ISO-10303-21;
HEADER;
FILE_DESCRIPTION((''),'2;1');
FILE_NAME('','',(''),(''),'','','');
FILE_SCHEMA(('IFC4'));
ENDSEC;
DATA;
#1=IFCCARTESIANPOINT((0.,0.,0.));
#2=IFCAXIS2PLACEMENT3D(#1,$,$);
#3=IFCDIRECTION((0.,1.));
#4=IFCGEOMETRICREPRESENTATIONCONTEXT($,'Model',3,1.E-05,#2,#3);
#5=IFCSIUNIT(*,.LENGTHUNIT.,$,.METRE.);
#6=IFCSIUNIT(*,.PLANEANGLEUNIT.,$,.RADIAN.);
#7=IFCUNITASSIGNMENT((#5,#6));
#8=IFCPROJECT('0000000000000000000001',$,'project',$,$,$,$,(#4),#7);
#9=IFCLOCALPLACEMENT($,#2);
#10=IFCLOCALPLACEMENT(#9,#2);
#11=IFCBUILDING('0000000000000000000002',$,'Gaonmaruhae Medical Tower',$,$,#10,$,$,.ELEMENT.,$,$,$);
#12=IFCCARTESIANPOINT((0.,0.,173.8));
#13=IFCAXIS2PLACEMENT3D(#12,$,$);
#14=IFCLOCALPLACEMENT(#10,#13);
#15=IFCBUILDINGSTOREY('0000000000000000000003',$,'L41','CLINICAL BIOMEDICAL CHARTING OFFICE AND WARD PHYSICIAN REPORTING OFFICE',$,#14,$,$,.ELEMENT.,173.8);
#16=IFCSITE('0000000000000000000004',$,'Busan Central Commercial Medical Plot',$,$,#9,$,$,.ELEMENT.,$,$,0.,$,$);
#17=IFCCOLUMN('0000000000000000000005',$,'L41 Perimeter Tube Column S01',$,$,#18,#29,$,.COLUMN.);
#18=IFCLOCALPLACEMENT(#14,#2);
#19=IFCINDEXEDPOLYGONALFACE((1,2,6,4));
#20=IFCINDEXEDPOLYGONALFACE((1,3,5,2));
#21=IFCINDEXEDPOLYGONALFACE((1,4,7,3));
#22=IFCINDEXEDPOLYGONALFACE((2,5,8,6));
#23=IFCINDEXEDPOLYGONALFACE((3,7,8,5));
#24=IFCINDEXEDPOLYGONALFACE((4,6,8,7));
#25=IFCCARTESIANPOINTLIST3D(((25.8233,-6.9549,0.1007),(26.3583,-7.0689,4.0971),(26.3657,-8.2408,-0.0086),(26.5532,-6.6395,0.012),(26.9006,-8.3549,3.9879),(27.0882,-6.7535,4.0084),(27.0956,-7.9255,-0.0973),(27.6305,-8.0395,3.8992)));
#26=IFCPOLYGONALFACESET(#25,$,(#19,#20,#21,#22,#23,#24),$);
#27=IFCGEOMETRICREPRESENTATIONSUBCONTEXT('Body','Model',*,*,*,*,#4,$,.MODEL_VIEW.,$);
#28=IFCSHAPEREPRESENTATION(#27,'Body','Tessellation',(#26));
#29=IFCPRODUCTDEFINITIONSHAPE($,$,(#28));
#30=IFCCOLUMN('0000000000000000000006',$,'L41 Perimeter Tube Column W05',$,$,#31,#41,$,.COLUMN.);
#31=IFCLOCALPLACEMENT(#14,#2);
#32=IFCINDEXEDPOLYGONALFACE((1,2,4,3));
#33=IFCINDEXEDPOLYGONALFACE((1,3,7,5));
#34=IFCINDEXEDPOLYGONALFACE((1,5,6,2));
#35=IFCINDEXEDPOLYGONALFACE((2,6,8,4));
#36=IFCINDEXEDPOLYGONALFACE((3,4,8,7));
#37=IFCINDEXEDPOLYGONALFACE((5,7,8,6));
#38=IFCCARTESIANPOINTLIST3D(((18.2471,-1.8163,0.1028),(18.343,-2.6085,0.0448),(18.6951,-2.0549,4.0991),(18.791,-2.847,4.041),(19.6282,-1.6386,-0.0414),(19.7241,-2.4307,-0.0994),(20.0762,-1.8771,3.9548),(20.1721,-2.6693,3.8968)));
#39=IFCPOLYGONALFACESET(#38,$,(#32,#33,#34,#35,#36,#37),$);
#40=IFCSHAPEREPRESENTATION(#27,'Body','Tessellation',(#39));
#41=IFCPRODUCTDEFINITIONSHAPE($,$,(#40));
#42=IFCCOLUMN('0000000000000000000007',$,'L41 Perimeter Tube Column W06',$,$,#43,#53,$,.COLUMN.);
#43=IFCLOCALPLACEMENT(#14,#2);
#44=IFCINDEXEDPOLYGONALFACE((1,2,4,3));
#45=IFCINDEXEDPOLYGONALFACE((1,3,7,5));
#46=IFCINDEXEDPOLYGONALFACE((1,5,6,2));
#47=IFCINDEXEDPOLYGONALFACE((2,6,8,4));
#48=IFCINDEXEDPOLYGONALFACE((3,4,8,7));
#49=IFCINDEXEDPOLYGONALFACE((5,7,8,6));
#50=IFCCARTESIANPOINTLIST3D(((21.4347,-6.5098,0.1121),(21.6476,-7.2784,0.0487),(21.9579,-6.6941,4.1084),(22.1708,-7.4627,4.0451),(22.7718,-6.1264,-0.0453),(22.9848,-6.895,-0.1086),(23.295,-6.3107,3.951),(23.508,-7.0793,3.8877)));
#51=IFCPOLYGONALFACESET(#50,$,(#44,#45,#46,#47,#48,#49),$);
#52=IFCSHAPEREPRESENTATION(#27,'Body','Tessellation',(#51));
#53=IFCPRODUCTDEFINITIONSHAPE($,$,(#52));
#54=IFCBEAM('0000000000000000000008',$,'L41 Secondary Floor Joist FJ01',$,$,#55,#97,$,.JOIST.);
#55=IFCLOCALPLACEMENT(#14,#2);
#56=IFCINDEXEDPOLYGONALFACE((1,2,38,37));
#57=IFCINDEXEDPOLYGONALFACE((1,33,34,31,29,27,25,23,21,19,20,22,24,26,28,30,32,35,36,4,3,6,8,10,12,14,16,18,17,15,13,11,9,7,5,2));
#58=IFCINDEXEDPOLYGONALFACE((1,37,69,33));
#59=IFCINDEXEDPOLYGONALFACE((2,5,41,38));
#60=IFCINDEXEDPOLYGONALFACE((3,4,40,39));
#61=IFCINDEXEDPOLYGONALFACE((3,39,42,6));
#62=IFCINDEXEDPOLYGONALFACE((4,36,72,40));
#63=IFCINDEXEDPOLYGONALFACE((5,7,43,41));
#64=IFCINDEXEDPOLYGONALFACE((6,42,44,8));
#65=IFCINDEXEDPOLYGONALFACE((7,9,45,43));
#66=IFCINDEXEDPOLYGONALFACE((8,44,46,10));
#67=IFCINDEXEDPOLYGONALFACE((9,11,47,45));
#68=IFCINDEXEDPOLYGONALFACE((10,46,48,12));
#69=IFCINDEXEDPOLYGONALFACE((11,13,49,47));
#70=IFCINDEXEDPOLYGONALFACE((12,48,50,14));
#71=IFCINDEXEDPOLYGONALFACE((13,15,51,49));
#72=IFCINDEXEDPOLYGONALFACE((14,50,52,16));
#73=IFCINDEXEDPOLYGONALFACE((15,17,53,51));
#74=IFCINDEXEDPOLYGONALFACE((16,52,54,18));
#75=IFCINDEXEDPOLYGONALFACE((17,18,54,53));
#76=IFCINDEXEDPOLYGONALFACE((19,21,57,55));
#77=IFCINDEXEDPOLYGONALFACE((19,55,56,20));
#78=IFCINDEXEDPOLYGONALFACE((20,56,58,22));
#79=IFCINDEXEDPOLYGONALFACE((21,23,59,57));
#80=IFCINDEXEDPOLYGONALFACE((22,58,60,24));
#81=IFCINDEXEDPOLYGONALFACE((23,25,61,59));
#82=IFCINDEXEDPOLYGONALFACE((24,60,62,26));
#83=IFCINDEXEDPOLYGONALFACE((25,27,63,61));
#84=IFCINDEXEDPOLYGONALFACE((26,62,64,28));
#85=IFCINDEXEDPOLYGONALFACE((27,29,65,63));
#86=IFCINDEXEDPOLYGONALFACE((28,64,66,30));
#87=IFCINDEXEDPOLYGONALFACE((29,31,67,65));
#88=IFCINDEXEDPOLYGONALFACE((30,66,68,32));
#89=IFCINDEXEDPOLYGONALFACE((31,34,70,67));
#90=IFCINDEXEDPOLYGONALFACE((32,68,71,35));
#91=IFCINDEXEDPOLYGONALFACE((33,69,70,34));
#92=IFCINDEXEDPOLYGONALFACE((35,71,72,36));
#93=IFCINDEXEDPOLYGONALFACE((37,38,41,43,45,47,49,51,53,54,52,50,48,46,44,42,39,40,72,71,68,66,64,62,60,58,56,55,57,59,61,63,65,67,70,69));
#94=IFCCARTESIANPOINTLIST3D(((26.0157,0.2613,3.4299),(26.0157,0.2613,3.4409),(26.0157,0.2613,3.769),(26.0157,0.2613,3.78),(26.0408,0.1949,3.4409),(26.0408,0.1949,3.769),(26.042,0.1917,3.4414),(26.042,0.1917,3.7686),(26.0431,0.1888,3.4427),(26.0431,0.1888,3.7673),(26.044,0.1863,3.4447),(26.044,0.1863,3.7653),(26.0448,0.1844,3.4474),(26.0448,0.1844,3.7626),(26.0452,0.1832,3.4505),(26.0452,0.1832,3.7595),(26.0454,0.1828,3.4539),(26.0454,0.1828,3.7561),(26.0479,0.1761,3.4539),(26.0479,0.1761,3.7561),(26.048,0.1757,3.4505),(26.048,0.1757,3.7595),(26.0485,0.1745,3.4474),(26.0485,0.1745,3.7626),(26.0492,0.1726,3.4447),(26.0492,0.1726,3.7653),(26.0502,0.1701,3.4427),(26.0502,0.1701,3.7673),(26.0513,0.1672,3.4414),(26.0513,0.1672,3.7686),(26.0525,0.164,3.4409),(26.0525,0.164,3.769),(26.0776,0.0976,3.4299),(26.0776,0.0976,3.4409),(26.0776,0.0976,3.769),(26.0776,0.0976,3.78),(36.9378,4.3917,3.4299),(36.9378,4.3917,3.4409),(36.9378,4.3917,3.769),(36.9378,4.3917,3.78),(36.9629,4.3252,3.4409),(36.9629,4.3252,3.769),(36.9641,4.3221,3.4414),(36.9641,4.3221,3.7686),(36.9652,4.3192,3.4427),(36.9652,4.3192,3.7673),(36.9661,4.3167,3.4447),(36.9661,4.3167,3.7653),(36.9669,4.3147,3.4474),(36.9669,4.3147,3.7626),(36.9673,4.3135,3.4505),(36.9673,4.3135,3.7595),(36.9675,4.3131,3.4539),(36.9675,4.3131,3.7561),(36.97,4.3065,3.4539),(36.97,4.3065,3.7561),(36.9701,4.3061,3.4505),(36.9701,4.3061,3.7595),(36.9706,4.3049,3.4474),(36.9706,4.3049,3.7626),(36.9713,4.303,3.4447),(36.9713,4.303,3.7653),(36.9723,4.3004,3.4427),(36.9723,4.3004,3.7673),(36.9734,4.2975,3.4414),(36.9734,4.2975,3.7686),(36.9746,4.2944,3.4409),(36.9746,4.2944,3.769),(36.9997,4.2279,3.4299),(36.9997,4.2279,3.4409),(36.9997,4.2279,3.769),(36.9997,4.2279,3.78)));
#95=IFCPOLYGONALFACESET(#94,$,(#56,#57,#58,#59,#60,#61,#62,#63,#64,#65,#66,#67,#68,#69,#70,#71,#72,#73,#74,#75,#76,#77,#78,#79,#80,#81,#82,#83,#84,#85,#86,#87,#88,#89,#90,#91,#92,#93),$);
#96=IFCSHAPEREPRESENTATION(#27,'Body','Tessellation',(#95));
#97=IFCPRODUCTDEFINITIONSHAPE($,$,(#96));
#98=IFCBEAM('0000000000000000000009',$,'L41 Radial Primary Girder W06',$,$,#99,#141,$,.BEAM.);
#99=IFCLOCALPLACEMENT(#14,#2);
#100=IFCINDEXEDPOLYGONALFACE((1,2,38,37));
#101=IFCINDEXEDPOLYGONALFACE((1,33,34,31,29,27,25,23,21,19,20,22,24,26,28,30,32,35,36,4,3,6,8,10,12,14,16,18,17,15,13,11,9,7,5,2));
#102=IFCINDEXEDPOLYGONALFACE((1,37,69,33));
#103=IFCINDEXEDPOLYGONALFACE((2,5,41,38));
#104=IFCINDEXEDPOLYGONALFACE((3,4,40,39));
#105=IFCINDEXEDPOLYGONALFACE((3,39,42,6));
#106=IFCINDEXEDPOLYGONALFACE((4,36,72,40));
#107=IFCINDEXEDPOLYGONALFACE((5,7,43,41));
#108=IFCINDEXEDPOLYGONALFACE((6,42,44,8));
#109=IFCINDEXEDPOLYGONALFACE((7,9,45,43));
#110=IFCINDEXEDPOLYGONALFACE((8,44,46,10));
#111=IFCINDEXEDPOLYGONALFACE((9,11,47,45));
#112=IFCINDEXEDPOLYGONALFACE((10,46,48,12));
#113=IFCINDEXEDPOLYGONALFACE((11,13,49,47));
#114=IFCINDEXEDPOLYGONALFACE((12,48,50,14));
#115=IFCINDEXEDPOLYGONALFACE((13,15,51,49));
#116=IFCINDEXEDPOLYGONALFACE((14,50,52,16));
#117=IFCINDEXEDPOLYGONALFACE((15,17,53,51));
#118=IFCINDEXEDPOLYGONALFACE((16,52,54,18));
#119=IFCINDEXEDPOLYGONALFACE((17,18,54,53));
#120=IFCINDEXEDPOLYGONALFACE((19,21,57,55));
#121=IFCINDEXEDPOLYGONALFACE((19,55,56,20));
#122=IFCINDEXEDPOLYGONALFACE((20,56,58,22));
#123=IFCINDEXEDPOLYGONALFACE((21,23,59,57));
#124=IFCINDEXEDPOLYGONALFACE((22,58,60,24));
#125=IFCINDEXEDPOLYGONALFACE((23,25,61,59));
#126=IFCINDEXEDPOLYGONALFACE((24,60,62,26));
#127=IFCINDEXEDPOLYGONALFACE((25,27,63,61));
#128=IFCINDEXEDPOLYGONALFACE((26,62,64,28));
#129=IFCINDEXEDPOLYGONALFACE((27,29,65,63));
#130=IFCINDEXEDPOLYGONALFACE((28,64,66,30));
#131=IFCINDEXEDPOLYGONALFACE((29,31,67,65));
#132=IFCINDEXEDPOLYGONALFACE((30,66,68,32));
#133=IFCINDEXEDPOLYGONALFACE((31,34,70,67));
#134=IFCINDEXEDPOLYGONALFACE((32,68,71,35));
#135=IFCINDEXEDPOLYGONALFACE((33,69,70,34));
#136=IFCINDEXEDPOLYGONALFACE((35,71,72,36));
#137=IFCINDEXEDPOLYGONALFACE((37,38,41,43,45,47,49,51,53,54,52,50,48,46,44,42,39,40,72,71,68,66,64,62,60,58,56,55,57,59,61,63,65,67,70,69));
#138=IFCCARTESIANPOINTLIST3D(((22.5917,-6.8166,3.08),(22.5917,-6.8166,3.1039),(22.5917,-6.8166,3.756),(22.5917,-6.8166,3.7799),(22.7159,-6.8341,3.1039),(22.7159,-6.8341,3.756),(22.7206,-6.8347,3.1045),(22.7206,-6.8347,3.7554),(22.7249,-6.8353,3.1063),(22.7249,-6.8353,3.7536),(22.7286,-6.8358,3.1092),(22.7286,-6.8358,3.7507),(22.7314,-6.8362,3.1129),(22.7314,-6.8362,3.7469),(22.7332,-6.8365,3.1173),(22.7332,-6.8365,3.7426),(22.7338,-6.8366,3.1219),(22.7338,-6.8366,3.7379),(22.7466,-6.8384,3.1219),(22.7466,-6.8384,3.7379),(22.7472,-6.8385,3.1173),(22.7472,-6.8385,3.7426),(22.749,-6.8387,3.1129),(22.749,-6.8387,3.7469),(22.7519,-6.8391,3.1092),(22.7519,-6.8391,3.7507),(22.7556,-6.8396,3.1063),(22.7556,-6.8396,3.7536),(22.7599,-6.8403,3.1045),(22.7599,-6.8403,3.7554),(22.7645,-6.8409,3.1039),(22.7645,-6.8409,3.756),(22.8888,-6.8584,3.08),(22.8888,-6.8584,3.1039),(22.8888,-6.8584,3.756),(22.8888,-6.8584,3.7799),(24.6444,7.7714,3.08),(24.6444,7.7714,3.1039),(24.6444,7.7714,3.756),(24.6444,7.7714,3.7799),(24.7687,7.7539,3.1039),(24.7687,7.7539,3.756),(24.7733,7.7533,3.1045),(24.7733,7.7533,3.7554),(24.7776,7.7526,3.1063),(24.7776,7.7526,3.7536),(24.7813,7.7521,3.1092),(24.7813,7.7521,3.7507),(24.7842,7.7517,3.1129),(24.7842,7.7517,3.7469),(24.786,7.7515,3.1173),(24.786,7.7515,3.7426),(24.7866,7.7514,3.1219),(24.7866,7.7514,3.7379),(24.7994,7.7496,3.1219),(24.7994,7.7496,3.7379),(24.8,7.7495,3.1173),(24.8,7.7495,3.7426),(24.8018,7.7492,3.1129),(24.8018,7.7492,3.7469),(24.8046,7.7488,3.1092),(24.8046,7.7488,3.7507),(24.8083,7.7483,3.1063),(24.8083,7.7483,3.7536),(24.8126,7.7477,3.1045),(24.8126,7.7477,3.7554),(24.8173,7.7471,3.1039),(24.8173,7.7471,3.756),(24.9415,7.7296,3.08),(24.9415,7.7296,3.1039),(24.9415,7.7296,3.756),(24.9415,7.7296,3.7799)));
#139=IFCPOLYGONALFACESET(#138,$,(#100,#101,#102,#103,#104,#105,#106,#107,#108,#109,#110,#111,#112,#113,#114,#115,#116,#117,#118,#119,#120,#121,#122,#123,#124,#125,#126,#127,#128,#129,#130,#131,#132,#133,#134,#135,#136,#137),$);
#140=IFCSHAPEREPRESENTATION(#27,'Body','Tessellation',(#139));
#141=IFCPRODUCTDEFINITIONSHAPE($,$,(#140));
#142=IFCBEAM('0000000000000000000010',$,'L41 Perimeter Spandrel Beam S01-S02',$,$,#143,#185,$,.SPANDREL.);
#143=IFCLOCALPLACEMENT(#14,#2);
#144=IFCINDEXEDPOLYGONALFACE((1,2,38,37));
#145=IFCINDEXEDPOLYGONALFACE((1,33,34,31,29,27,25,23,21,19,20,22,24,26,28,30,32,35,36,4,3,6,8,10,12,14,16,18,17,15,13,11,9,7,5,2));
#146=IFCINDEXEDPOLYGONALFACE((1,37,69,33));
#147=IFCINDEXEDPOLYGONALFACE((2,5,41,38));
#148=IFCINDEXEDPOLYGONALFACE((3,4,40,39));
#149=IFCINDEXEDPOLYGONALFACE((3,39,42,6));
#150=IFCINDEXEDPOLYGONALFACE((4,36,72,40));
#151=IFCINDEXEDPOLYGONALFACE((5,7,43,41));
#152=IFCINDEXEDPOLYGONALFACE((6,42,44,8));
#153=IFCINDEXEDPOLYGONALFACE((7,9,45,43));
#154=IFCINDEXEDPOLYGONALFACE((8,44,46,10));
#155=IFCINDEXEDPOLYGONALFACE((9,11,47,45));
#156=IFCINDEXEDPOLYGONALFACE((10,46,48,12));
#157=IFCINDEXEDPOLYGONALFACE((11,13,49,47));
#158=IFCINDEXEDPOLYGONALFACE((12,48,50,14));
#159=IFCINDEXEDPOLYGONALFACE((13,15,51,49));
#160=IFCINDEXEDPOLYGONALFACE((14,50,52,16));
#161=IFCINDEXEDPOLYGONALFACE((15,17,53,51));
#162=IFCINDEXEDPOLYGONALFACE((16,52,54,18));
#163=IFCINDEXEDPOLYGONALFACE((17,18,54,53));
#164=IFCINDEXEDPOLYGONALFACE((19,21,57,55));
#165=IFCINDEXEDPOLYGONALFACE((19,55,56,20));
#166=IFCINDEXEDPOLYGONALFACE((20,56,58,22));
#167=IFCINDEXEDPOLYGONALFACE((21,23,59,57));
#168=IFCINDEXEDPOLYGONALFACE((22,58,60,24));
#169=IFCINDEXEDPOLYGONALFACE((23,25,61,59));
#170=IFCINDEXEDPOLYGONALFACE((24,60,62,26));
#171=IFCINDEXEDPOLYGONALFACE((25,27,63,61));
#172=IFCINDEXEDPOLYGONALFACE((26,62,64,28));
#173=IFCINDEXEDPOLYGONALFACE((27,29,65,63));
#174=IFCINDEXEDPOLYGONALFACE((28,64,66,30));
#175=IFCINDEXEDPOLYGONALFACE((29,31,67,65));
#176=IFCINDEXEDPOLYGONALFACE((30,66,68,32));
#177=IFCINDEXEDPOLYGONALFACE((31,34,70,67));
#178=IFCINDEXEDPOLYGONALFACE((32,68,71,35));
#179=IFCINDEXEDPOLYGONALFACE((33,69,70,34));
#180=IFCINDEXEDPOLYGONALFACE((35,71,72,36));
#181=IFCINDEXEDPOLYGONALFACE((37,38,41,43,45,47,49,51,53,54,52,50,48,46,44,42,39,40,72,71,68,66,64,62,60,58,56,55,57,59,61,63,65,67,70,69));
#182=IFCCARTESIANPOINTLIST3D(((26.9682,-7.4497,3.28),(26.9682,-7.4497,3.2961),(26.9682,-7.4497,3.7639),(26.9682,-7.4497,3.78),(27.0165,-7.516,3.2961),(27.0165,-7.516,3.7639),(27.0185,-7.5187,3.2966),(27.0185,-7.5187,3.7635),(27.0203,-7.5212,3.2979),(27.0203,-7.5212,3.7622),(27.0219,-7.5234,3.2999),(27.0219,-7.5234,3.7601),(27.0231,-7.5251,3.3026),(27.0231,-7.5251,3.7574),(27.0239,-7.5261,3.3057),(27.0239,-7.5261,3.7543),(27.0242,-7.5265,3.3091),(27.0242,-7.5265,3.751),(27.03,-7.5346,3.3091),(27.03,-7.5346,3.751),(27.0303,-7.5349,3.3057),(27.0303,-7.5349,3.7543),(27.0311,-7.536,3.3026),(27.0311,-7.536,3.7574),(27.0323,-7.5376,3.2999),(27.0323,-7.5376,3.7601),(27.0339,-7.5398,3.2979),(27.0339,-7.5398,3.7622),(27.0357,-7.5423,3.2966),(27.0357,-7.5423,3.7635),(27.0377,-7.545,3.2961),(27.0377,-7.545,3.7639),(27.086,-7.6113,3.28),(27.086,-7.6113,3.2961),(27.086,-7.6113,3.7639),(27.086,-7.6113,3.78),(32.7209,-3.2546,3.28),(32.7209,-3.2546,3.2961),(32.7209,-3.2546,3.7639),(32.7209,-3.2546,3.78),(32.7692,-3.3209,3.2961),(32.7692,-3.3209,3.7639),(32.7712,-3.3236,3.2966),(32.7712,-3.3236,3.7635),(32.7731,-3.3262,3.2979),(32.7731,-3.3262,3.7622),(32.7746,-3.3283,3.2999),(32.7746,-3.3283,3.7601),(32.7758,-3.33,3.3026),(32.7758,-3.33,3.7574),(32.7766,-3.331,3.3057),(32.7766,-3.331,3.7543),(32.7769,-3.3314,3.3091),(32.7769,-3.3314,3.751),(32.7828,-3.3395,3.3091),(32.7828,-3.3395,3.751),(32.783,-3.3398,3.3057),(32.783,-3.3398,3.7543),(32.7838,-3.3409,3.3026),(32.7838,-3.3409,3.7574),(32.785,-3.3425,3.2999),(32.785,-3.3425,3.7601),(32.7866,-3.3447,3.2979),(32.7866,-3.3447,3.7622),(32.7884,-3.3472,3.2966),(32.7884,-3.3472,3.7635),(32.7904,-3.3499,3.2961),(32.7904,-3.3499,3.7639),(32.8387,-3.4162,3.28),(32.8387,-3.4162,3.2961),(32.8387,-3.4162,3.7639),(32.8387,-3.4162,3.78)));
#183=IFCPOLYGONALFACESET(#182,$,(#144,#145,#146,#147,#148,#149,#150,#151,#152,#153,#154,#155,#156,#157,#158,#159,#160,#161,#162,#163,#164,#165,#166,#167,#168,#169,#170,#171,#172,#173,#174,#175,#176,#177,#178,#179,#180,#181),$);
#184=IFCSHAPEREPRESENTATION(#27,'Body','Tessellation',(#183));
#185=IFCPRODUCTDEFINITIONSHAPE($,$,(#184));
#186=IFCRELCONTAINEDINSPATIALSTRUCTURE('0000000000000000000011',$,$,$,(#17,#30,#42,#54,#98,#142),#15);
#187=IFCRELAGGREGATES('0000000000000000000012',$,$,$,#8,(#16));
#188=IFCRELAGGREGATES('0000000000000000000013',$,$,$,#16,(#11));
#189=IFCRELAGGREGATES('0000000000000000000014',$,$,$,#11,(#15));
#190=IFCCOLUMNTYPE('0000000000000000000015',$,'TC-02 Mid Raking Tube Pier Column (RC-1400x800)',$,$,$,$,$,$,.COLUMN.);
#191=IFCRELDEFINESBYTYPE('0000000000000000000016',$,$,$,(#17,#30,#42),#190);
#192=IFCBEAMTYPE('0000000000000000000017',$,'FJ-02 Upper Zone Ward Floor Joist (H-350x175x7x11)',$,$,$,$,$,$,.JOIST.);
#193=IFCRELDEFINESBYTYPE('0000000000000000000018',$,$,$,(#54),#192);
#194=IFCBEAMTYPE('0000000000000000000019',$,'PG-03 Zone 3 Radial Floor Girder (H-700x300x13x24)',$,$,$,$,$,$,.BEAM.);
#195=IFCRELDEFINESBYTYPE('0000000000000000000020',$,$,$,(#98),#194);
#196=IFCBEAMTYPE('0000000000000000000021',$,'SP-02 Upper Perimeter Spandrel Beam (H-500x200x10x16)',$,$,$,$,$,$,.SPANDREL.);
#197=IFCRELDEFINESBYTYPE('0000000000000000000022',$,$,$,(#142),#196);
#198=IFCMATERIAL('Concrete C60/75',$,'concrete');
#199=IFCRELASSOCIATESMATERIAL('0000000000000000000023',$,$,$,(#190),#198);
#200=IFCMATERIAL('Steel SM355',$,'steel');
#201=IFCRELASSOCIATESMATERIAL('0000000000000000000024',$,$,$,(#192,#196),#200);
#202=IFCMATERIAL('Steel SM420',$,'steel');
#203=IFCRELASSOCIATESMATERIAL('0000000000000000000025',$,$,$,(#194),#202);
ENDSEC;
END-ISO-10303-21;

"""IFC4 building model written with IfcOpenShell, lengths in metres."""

from ifc_helpers import new_model, si_unit, direction, frame, origin, origin_2d, place, context, subcontext, project, spatial, rectangle, i_section, extrude, material, material_profile, profile_set, type_object, element, save


model = new_model("IFC4")

# Units and contexts
model_context = context("Model", 3, precision=1e-05, world=origin(), true_north=direction((0.0, 1.0)))
body_context = subcontext(model_context, "Body", "Model", "MODEL_VIEW")
ifc_project = project(units=[si_unit("LENGTHUNIT", "METRE"), si_unit("PLANEANGLEUNIT", "RADIAN")], contexts=[model_context])

# Site, building, storey
site_placement = place(None, origin())
site = spatial("IfcSite", under=ifc_project, at=site_placement, Name="Busan Central Commercial Medical Plot", CompositionType="ELEMENT", RefElevation=0.0)
building_placement = place(site_placement, origin())
building = spatial("IfcBuilding", under=site, at=building_placement, Name="Gaonmaruhae Medical Tower", CompositionType="ELEMENT")
storey_placement = place(building_placement, frame((0.0, 0.0, 173.8)))
storey = spatial("IfcBuildingStorey", under=building, at=storey_placement, Name="L41", Description="CLINICAL BIOMEDICAL CHARTING OFFICE AND WARD PHYSICIAN REPORTING OFFICE", CompositionType="ELEMENT", Elevation=173.8)

# Columns
ifc_material_1 = material(Name="Concrete C60/75", Category="concrete")
ifc_material_profile_1 = material_profile(ifc_material_1, rectangle(XDim=1.3999, YDim=0.8, at=origin_2d()), Name="RC-1400x800")
ifc_profile_set_1 = profile_set([ifc_material_profile_1], Name="Concrete C60/75")
column_type = type_object("IfcColumnType", Name="TC-02 Mid Raking Tube Pier Column (RC-1400x800)", PredefinedType="COLUMN", material=ifc_profile_set_1)
column_1_placement = place(storey_placement, frame((26.4595, -7.4402, 0.0017), z_axis=(0.132614, -0.028266, 0.990765), x_axis=(-0.387422, 0.918591, 0.078064)))
element("IfcColumn", 1, at=column_1_placement, inside=storey, type_object=column_type, Name="L41 Perimeter Tube Column S01", PredefinedType="COLUMN", context=body_context, shape_type="SweptSolid", body=[
    extrude(rectangle(XDim=1.3999, YDim=0.8, at=origin_2d()), origin(), (0.0, 0.0, 1.0), 4.0337),
])
column_2_placement = place(storey_placement, frame((18.9856, -2.1235, 0.0017), z_axis=(0.111209, -0.05921, 0.992032), x_axis=(-0.986542, -0.126976, 0.103015)))
element("IfcColumn", 2, at=column_2_placement, inside=storey, type_object=column_type, Name="L41 Perimeter Tube Column W05", PredefinedType="COLUMN", context=body_context, shape_type="SweptSolid", body=[
    extrude(rectangle(XDim=1.3999, YDim=0.8, at=origin_2d()), origin(), (0.0, 0.0, 1.0), 4.0283),
])
column_3_placement = place(storey_placement, frame((22.2097, -6.7024, 0.0017), z_axis=(0.129675, -0.045686, 0.990504), x_axis=(-0.955169, -0.273889, 0.112416)))
element("IfcColumn", 3, at=column_3_placement, inside=storey, type_object=column_type, Name="L41 Perimeter Tube Column W06", PredefinedType="COLUMN", context=body_context, shape_type="SweptSolid", body=[
    extrude(rectangle(XDim=1.3999, YDim=0.8, at=origin_2d()), origin(), (0.0, 0.0, 1.0), 4.0347),
])

# Beams
ifc_material_2 = material(Name="Steel SM355", Category="steel")
ifc_material_profile_2 = material_profile(ifc_material_2, i_section(OverallWidth=0.175, OverallDepth=0.3501, WebThickness=0.0071, FlangeThickness=0.011, FilletRadius=0.0129, at=origin_2d()), Name="H-350x175x7x11")
ifc_profile_set_2 = profile_set([ifc_material_profile_2], Name="Steel SM355")
beam_type_1 = type_object("IfcBeamType", Name="FJ-02 Upper Zone Ward Floor Joist (H-350x175x7x11)", PredefinedType="JOIST", material=ifc_profile_set_2)
beam_1_placement = place(storey_placement, frame((26.0466, 0.1794, 3.605), z_axis=(0.935352, 0.353718, 0.0), x_axis=(-0.353718, 0.935352, 0.0)))
element("IfcBeam", 4, at=beam_1_placement, inside=storey, type_object=beam_type_1, Name="L41 Secondary Floor Joist FJ01", PredefinedType="JOIST", context=body_context, shape_type="SweptSolid", body=[
    extrude(i_section(OverallWidth=0.175, OverallDepth=0.3501, WebThickness=0.0071, FlangeThickness=0.011, FilletRadius=0.0129, at=origin_2d()), origin(), (0.0, 0.0, 1.0), 11.677),
])
ifc_material_3 = material(Name="Steel SM420", Category="steel")
ifc_material_profile_3 = material_profile(ifc_material_3, i_section(OverallWidth=0.3, OverallDepth=0.7, WebThickness=0.0129, FlangeThickness=0.0239, FilletRadius=0.0181, at=origin_2d()), Name="H-700x300x13x24")
ifc_profile_set_3 = profile_set([ifc_material_profile_3], Name="Steel SM420")
beam_type_2 = type_object("IfcBeamType", Name="PG-03 Zone 3 Radial Floor Girder (H-700x300x13x24)", PredefinedType="BEAM", material=ifc_profile_set_3)
beam_2_placement = place(storey_placement, frame((24.793, 7.7505, 3.4299), z_axis=(-0.139342, -0.990244, 0.0), x_axis=(0.990244, -0.139342, 0.0)))
element("IfcBeam", 5, at=beam_2_placement, inside=storey, type_object=beam_type_2, Name="L41 Radial Primary Girder W06", PredefinedType="BEAM", context=body_context, shape_type="SweptSolid", body=[
    extrude(i_section(OverallWidth=0.3, OverallDepth=0.7, WebThickness=0.0129, FlangeThickness=0.0239, FilletRadius=0.0181, at=origin_2d()), origin(), (0.0, 0.0, 1.0), 14.7317),
])
ifc_material_profile_4 = material_profile(ifc_material_2, i_section(OverallWidth=0.2, OverallDepth=0.5, WebThickness=0.01, FlangeThickness=0.0161, FilletRadius=0.0129, at=origin_2d()), Name="H-500x200x10x16")
ifc_profile_set_4 = profile_set([ifc_material_profile_4], Name="Steel SM355")
beam_type_3 = type_object("IfcBeamType", Name="SP-02 Upper Perimeter Spandrel Beam (H-500x200x10x16)", PredefinedType="SPANDREL", material=ifc_profile_set_4)
beam_3_placement = place(storey_placement, frame((27.0271, -7.5305, 3.53), z_axis=(0.807981, 0.589209, 0.0), x_axis=(-0.589209, 0.807981, 0.0)))
element("IfcBeam", 6, at=beam_3_placement, inside=storey, type_object=beam_type_3, Name="L41 Perimeter Spandrel Beam S01-S02", PredefinedType="SPANDREL", context=body_context, shape_type="SweptSolid", body=[
    extrude(i_section(OverallWidth=0.2, OverallDepth=0.5, WebThickness=0.01, FlangeThickness=0.0161, FilletRadius=0.0129, at=origin_2d()), origin(), (0.0, 0.0, 1.0), 7.1199),
])

save(model, "model.ifc")
